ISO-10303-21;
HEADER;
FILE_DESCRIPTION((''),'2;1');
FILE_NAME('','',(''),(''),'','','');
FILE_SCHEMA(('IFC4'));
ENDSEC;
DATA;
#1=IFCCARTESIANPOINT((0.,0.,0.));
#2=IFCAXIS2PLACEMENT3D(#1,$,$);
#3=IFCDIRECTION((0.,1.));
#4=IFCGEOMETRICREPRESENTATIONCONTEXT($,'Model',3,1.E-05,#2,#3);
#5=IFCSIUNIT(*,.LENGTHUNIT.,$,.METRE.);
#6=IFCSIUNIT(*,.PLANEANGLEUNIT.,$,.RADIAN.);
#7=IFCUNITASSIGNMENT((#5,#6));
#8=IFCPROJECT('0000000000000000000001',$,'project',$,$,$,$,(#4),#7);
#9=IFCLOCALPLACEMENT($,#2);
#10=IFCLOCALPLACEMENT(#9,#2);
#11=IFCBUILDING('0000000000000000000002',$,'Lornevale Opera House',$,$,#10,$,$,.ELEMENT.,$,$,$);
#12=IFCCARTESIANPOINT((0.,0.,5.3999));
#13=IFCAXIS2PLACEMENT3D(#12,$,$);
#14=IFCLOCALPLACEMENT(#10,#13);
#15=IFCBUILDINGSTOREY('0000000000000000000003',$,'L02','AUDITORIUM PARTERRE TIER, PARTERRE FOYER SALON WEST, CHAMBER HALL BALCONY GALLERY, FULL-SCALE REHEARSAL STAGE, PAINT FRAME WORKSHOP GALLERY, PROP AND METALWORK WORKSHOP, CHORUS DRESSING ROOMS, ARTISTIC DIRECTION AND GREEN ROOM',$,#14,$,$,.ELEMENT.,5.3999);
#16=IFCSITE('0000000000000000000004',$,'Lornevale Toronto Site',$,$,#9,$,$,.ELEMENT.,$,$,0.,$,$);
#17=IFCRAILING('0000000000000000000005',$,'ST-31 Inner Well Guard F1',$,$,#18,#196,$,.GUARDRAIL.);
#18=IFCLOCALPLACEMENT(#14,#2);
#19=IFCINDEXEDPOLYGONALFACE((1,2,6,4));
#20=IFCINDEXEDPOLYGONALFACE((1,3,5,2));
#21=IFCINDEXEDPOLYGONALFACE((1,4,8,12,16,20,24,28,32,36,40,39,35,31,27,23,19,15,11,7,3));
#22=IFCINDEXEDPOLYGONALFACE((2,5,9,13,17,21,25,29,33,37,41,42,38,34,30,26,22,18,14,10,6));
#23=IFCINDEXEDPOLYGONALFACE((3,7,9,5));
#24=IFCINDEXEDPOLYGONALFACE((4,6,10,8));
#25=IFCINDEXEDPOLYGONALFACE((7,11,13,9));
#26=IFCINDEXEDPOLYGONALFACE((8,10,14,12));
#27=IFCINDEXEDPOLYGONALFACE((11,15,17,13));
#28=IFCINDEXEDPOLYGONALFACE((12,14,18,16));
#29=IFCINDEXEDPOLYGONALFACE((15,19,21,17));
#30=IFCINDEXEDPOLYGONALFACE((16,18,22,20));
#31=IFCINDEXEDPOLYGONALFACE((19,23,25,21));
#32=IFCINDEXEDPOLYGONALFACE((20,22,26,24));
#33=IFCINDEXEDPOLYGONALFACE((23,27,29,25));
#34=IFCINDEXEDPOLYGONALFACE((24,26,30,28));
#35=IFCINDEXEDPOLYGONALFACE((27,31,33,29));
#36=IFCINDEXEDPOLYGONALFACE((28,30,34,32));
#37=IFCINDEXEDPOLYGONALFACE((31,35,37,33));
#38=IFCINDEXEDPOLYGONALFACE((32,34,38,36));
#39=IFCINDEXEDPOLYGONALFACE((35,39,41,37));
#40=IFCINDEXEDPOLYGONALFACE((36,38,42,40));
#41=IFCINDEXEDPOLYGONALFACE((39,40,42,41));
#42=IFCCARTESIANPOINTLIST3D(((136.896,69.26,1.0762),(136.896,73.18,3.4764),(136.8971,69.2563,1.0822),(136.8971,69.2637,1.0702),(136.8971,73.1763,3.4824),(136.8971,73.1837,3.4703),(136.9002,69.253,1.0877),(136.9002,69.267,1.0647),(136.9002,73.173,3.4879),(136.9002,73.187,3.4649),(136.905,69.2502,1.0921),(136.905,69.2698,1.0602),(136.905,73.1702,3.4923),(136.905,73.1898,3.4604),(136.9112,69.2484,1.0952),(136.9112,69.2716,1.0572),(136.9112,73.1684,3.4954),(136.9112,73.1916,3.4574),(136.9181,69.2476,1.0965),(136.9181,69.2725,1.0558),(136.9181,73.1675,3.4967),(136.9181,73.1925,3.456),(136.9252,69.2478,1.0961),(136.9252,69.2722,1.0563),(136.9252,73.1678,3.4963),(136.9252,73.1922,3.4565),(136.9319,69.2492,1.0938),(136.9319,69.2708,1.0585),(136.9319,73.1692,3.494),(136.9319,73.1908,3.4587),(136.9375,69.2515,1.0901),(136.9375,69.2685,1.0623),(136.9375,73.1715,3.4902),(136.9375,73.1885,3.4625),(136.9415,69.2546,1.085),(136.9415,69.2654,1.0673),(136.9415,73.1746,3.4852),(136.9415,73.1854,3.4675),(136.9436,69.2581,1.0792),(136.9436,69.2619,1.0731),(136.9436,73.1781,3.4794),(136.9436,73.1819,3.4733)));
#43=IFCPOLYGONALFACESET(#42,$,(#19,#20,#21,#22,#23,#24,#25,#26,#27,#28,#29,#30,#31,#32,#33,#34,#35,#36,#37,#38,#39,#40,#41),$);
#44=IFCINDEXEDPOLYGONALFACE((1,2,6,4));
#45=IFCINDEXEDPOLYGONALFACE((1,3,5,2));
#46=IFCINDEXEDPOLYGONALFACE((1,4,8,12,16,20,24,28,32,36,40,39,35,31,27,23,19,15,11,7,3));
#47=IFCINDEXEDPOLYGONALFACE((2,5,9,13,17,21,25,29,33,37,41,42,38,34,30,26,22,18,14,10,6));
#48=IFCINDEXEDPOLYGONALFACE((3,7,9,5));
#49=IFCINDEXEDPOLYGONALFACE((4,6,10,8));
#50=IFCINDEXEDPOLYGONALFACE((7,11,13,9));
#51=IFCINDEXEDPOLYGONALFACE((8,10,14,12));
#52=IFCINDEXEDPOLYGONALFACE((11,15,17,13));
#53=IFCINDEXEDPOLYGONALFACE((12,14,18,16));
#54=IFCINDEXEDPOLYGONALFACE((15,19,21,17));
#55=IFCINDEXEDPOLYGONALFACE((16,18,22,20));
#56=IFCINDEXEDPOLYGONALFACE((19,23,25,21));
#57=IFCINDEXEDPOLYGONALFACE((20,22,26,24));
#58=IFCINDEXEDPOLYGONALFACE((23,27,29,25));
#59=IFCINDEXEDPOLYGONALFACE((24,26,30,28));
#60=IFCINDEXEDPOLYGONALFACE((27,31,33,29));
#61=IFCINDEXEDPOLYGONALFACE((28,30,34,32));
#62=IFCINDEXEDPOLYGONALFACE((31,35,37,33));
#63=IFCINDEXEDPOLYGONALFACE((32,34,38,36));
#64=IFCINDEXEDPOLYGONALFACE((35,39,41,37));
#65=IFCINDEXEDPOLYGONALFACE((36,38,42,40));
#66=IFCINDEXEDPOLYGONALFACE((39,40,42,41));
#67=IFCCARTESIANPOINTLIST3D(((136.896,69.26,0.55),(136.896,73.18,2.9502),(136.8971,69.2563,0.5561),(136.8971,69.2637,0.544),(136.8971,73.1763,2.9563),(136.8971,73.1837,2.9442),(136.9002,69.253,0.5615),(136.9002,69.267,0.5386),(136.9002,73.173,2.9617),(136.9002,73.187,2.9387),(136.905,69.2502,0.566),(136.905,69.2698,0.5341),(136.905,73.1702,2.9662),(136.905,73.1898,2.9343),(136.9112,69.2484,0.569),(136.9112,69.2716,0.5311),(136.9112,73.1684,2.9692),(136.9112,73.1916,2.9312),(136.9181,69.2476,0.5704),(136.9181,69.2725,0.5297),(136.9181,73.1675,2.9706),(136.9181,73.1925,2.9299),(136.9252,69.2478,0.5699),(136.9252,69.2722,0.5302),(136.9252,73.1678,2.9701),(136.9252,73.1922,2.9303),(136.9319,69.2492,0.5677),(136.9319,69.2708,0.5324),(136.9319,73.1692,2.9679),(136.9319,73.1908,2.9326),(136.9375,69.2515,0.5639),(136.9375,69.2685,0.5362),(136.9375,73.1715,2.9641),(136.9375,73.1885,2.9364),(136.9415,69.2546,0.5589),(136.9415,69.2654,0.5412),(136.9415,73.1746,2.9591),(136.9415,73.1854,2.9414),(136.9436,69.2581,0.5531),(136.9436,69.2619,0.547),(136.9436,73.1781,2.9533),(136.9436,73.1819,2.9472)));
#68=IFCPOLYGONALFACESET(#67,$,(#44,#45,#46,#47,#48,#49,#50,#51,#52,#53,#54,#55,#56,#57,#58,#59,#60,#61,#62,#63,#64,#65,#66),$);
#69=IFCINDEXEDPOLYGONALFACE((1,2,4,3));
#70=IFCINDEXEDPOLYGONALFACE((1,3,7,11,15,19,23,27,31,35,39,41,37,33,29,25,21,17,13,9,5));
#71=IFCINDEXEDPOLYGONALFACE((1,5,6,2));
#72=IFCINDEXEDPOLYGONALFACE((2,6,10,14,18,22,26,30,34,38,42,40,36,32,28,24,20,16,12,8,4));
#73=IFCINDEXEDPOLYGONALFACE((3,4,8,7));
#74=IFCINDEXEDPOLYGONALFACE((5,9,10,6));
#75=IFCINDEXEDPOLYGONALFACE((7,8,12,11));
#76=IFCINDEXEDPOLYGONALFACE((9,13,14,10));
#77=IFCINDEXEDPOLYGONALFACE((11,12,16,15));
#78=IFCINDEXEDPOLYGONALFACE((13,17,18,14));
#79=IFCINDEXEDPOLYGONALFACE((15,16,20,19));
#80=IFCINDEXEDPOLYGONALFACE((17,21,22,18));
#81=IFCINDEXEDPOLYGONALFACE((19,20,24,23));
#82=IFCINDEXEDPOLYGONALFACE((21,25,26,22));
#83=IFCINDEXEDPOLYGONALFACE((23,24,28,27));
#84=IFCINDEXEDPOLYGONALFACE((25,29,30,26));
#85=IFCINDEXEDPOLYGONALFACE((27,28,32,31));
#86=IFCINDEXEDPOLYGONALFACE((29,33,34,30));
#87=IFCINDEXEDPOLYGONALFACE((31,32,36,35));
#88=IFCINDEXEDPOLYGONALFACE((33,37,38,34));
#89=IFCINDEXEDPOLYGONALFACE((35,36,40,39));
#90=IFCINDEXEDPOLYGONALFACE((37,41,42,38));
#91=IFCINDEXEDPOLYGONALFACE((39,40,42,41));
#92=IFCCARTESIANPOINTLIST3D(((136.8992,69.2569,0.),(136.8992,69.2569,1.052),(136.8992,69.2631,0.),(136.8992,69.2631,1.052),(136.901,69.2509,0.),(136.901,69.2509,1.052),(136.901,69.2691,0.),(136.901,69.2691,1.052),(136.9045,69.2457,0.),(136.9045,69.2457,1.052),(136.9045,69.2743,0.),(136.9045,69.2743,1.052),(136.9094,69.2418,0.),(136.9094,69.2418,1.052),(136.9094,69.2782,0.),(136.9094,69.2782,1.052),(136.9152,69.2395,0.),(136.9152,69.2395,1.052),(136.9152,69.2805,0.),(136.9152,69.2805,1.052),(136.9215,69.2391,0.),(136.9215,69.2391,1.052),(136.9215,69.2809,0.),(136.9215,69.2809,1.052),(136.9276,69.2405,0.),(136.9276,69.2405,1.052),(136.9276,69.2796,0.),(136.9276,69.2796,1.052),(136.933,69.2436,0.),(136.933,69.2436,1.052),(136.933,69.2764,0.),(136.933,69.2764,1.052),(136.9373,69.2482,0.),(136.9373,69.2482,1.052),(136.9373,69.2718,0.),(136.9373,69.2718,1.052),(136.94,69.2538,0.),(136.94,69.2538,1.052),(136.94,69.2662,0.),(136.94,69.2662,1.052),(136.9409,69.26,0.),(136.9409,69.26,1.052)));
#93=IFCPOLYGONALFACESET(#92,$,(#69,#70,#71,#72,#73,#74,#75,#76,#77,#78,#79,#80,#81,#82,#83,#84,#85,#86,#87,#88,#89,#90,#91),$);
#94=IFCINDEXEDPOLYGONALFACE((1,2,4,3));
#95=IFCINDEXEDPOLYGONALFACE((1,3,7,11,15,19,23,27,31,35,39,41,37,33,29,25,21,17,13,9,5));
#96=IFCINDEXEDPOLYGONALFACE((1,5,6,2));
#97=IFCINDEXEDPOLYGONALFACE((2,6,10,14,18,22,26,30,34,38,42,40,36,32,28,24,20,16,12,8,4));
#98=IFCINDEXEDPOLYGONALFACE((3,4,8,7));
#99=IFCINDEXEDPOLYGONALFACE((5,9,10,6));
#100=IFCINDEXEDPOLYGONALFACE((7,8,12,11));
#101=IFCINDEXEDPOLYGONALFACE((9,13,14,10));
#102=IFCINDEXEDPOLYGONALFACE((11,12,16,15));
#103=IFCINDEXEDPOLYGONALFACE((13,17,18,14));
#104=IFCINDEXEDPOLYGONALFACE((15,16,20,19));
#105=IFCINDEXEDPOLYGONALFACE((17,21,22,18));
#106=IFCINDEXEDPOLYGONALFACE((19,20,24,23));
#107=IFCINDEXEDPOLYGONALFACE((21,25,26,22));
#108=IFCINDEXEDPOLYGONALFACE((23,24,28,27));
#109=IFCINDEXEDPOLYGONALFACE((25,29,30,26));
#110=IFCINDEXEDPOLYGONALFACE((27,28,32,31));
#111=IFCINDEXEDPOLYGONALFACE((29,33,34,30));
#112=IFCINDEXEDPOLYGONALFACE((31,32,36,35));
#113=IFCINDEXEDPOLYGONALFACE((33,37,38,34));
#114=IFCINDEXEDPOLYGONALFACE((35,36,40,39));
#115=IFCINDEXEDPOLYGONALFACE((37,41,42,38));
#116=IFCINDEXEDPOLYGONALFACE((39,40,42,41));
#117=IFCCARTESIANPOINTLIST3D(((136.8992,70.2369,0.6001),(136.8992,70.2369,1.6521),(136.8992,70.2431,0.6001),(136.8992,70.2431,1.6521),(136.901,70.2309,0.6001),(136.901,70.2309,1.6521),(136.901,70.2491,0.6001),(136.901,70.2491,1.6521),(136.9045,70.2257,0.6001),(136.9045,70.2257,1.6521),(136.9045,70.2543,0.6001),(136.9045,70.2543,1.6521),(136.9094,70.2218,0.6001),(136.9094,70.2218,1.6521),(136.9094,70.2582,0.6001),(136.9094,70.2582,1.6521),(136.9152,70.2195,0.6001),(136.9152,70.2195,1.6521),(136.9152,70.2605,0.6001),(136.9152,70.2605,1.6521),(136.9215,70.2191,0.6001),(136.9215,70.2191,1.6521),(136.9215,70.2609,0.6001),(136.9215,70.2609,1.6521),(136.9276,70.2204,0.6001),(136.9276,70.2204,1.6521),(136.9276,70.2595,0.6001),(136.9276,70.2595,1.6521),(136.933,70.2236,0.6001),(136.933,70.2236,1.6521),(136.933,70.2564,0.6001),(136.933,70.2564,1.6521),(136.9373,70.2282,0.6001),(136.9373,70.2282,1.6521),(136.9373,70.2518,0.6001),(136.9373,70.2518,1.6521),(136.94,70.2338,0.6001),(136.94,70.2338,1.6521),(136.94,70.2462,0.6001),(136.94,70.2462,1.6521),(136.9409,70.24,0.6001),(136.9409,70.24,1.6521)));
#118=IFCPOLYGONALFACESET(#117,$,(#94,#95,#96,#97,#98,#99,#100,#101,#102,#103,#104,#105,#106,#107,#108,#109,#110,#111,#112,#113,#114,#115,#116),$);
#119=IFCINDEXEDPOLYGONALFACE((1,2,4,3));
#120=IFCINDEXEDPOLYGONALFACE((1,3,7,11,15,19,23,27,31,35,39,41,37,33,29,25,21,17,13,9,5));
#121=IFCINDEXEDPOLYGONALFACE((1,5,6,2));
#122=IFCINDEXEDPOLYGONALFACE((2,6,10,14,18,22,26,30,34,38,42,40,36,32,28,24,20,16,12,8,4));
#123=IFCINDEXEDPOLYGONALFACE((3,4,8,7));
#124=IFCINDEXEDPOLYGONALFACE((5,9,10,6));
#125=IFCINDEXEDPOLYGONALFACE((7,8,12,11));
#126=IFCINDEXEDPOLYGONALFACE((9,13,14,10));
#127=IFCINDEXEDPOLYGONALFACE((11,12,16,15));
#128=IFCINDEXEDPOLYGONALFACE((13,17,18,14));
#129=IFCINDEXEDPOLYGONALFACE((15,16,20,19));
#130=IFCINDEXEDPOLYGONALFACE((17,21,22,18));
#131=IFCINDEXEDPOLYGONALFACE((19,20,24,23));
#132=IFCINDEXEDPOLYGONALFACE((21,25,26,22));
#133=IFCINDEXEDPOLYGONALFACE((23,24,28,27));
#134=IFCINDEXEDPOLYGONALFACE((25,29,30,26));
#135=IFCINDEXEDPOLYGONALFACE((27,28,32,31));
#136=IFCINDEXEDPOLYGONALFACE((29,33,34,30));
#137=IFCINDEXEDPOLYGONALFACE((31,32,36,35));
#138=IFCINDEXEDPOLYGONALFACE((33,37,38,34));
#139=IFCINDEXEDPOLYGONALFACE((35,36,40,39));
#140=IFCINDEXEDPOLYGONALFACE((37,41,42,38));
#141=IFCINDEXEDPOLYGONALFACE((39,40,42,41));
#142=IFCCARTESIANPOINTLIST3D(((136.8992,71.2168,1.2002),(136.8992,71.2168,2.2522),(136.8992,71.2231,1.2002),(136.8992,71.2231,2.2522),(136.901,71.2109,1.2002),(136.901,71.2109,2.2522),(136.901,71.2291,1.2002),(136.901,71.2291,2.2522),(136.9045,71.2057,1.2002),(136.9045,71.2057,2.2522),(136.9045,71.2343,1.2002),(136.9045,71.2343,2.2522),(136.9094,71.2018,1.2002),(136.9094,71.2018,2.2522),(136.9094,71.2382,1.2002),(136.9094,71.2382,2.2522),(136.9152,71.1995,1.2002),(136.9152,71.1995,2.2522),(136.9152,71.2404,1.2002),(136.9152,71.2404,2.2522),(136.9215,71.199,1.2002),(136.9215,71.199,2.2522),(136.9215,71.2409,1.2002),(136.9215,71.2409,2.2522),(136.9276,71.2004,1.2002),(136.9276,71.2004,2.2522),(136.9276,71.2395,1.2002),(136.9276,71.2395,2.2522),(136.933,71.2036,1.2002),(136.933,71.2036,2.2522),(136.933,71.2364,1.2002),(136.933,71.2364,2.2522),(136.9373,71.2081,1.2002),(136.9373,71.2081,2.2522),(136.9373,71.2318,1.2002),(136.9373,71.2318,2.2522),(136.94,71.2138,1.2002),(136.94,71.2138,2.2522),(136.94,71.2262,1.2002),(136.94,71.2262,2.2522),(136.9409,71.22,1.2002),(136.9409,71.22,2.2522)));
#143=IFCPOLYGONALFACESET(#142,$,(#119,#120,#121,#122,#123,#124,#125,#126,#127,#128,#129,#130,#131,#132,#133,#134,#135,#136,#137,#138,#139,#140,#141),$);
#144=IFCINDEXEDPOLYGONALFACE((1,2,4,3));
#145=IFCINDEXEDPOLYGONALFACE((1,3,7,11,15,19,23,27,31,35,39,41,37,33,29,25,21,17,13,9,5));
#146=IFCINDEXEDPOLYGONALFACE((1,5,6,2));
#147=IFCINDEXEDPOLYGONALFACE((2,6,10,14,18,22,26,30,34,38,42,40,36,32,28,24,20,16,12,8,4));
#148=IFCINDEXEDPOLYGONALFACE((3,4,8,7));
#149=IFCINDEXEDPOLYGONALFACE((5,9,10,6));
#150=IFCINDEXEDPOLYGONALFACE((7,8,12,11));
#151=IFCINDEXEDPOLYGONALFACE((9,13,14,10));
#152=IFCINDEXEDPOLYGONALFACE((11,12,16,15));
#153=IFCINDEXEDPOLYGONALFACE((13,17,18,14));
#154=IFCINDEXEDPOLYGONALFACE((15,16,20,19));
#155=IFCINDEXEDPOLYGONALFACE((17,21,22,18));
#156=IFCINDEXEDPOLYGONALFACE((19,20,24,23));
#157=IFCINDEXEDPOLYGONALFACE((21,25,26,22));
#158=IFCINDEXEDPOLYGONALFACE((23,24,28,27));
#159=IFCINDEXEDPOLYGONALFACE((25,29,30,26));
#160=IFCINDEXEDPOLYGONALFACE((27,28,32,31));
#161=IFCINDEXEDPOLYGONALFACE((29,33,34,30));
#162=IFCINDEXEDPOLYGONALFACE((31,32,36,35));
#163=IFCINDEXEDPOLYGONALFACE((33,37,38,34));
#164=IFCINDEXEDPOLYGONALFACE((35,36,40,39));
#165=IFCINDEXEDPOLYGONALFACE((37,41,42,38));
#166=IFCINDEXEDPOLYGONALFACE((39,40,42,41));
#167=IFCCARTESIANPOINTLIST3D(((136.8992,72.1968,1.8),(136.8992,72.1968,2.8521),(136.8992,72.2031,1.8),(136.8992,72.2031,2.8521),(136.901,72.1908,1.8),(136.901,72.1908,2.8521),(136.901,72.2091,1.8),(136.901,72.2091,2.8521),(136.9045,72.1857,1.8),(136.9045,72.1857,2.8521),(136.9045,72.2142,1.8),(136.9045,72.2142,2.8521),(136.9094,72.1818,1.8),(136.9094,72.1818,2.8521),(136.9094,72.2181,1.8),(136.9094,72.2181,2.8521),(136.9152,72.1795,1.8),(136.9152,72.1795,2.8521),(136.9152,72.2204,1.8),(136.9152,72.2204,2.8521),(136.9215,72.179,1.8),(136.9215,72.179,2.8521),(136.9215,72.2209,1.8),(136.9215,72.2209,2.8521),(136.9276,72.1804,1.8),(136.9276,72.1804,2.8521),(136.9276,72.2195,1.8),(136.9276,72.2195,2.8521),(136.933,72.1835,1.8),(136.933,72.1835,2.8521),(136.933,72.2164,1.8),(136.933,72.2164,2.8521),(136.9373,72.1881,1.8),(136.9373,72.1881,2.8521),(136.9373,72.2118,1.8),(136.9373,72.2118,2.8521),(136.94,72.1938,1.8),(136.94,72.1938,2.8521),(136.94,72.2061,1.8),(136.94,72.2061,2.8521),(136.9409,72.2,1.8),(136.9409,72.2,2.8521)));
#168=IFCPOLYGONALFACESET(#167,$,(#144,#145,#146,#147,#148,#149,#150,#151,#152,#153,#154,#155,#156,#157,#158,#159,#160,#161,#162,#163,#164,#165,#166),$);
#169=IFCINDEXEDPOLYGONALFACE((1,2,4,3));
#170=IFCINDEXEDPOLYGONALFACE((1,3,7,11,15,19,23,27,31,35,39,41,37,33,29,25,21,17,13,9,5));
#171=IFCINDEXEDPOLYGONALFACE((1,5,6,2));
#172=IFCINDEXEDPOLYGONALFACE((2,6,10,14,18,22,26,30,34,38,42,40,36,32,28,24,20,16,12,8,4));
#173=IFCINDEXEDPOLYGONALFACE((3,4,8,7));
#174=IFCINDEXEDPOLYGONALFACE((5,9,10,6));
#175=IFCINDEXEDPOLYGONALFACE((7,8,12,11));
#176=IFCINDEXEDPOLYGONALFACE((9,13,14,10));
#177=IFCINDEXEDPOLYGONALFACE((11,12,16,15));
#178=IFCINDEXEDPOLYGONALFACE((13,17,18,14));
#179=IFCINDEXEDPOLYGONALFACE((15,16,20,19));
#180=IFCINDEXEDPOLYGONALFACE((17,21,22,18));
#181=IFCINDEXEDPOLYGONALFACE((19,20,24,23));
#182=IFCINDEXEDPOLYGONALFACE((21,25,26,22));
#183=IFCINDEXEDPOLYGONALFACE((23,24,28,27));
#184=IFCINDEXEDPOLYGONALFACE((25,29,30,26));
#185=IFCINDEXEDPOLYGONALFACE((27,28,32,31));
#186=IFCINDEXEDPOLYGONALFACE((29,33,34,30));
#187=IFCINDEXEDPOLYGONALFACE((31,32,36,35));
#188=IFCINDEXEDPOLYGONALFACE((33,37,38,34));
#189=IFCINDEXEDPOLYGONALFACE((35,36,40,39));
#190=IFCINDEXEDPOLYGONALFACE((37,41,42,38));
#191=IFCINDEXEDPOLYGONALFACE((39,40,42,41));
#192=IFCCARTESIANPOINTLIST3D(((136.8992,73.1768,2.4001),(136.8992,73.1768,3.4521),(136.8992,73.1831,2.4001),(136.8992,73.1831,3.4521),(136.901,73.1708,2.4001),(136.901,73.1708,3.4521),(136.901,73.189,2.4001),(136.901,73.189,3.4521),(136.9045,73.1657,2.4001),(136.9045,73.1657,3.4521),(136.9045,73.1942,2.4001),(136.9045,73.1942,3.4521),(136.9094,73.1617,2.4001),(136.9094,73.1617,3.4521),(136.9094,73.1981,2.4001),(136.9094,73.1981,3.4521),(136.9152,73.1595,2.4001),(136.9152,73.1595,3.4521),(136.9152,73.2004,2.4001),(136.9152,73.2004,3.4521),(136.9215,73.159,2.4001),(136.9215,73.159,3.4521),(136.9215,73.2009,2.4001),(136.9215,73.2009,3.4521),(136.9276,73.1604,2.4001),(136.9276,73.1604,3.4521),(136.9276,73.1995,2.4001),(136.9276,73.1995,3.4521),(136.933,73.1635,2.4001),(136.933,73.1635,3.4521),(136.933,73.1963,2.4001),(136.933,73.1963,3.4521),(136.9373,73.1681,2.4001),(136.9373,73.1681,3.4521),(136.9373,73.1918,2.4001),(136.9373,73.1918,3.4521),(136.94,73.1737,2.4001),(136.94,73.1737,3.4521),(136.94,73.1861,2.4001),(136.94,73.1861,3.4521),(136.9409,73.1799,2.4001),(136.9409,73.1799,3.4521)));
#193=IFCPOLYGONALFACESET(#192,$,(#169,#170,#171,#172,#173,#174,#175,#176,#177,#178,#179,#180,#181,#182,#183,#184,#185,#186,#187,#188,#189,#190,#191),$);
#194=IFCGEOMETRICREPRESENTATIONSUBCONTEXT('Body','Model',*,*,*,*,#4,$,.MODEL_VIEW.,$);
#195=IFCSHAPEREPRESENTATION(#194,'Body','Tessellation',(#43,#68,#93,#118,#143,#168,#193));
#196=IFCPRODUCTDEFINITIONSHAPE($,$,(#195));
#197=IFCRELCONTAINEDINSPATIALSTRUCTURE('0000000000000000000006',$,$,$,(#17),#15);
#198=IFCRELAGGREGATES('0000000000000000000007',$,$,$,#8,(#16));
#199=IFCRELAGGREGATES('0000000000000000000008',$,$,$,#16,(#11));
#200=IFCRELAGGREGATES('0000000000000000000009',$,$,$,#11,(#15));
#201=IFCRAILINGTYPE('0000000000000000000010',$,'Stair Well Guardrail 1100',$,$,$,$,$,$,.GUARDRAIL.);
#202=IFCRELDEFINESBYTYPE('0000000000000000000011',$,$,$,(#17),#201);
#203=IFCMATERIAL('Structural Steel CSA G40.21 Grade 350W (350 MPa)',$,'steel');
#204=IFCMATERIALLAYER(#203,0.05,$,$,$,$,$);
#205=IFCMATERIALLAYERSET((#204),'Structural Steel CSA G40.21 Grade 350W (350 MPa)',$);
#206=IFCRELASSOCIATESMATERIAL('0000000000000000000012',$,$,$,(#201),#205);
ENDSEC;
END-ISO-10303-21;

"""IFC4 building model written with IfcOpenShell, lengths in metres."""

from ifc_helpers import new_model, si_unit, direction, frame, origin, origin_2d, place, context, subcontext, project, spatial, circle, extrude, material, layer, layer_set, type_object, element, save


model = new_model("IFC4")

# Units and contexts
model_context = context("Model", 3, precision=1e-05, world=origin(), true_north=direction((0.0, 1.0)))
body_context = subcontext(model_context, "Body", "Model", "MODEL_VIEW")
ifc_project = project(units=[si_unit("LENGTHUNIT", "METRE"), si_unit("PLANEANGLEUNIT", "RADIAN")], contexts=[model_context])

# Site, building, storey
site_placement = place(None, origin())
site = spatial("IfcSite", under=ifc_project, at=site_placement, Name="Lornevale Toronto Site", CompositionType="ELEMENT", RefElevation=0.0)
building_placement = place(site_placement, origin())
building = spatial("IfcBuilding", under=site, at=building_placement, Name="Lornevale Opera House", CompositionType="ELEMENT")
storey_placement = place(building_placement, frame((0.0, 0.0, 5.3999)))
storey = spatial("IfcBuildingStorey", under=building, at=storey_placement, Name="L02", Description="AUDITORIUM PARTERRE TIER, PARTERRE FOYER SALON WEST, CHAMBER HALL BALCONY GALLERY, FULL-SCALE REHEARSAL STAGE, PAINT FRAME WORKSHOP GALLERY, PROP AND METALWORK WORKSHOP, CHORUS DRESSING ROOMS, ARTISTIC DIRECTION AND GREEN ROOM", CompositionType="ELEMENT", Elevation=5.3999)

# Shared definitions
ifc_material_1 = material(Name="Structural Steel CSA G40.21 Grade 350W (350 MPa)", Category="steel")

# Railing
ifc_layer_1 = layer(ifc_material_1, 0.05)
ifc_layer_set_1 = layer_set([ifc_layer_1], Name="Structural Steel CSA G40.21 Grade 350W (350 MPa)")
railing_type_1 = type_object("IfcRailingType", Name="Stair Well Guardrail 1100", PredefinedType="GUARDRAIL", material=ifc_layer_set_1)
railing_1_placement = place(storey_placement, frame((136.9199, 69.26, 0.0)))
element("IfcRailing", 1, at=railing_1_placement, inside=storey, type_object=railing_type_1, Name="ST-31 Inner Well Guard F1", PredefinedType="GUARDRAIL", context=body_context, shape_type="SweptSolid", body=[
    extrude(circle(Radius=0.0239, at=origin_2d()), frame((0.0, 0.0, 1.0762), z_axis=(0.0, 0.852832, 0.522185), x_axis=(-1.0, 0.0, 0.0)), (0.0, 0.0, 1.0), 4.5964),
    extrude(circle(Radius=0.0239, at=origin_2d()), frame((0.0, 0.0, 0.55), z_axis=(0.0, 0.852832, 0.522185), x_axis=(-1.0, 0.0, 0.0)), (0.0, 0.0, 1.0), 4.5964),
    extrude(circle(Radius=0.021, at=origin_2d()), origin(), (0.0, 0.0, 1.0), 1.052),
    extrude(circle(Radius=0.021, at=origin_2d()), frame((0.0, 0.98, 0.6001)), (0.0, 0.0, 1.0), 1.052),
    extrude(circle(Radius=0.021, at=origin_2d()), frame((0.0, 1.96, 1.2002)), (0.0, 0.0, 1.0), 1.052),
    extrude(circle(Radius=0.021, at=origin_2d()), frame((0.0, 2.9399, 1.8)), (0.0, 0.0, 1.0), 1.052),
    extrude(circle(Radius=0.021, at=origin_2d()), frame((0.0, 3.9199, 2.4001)), (0.0, 0.0, 1.0), 1.052),
])

save(model, "model.ifc")
